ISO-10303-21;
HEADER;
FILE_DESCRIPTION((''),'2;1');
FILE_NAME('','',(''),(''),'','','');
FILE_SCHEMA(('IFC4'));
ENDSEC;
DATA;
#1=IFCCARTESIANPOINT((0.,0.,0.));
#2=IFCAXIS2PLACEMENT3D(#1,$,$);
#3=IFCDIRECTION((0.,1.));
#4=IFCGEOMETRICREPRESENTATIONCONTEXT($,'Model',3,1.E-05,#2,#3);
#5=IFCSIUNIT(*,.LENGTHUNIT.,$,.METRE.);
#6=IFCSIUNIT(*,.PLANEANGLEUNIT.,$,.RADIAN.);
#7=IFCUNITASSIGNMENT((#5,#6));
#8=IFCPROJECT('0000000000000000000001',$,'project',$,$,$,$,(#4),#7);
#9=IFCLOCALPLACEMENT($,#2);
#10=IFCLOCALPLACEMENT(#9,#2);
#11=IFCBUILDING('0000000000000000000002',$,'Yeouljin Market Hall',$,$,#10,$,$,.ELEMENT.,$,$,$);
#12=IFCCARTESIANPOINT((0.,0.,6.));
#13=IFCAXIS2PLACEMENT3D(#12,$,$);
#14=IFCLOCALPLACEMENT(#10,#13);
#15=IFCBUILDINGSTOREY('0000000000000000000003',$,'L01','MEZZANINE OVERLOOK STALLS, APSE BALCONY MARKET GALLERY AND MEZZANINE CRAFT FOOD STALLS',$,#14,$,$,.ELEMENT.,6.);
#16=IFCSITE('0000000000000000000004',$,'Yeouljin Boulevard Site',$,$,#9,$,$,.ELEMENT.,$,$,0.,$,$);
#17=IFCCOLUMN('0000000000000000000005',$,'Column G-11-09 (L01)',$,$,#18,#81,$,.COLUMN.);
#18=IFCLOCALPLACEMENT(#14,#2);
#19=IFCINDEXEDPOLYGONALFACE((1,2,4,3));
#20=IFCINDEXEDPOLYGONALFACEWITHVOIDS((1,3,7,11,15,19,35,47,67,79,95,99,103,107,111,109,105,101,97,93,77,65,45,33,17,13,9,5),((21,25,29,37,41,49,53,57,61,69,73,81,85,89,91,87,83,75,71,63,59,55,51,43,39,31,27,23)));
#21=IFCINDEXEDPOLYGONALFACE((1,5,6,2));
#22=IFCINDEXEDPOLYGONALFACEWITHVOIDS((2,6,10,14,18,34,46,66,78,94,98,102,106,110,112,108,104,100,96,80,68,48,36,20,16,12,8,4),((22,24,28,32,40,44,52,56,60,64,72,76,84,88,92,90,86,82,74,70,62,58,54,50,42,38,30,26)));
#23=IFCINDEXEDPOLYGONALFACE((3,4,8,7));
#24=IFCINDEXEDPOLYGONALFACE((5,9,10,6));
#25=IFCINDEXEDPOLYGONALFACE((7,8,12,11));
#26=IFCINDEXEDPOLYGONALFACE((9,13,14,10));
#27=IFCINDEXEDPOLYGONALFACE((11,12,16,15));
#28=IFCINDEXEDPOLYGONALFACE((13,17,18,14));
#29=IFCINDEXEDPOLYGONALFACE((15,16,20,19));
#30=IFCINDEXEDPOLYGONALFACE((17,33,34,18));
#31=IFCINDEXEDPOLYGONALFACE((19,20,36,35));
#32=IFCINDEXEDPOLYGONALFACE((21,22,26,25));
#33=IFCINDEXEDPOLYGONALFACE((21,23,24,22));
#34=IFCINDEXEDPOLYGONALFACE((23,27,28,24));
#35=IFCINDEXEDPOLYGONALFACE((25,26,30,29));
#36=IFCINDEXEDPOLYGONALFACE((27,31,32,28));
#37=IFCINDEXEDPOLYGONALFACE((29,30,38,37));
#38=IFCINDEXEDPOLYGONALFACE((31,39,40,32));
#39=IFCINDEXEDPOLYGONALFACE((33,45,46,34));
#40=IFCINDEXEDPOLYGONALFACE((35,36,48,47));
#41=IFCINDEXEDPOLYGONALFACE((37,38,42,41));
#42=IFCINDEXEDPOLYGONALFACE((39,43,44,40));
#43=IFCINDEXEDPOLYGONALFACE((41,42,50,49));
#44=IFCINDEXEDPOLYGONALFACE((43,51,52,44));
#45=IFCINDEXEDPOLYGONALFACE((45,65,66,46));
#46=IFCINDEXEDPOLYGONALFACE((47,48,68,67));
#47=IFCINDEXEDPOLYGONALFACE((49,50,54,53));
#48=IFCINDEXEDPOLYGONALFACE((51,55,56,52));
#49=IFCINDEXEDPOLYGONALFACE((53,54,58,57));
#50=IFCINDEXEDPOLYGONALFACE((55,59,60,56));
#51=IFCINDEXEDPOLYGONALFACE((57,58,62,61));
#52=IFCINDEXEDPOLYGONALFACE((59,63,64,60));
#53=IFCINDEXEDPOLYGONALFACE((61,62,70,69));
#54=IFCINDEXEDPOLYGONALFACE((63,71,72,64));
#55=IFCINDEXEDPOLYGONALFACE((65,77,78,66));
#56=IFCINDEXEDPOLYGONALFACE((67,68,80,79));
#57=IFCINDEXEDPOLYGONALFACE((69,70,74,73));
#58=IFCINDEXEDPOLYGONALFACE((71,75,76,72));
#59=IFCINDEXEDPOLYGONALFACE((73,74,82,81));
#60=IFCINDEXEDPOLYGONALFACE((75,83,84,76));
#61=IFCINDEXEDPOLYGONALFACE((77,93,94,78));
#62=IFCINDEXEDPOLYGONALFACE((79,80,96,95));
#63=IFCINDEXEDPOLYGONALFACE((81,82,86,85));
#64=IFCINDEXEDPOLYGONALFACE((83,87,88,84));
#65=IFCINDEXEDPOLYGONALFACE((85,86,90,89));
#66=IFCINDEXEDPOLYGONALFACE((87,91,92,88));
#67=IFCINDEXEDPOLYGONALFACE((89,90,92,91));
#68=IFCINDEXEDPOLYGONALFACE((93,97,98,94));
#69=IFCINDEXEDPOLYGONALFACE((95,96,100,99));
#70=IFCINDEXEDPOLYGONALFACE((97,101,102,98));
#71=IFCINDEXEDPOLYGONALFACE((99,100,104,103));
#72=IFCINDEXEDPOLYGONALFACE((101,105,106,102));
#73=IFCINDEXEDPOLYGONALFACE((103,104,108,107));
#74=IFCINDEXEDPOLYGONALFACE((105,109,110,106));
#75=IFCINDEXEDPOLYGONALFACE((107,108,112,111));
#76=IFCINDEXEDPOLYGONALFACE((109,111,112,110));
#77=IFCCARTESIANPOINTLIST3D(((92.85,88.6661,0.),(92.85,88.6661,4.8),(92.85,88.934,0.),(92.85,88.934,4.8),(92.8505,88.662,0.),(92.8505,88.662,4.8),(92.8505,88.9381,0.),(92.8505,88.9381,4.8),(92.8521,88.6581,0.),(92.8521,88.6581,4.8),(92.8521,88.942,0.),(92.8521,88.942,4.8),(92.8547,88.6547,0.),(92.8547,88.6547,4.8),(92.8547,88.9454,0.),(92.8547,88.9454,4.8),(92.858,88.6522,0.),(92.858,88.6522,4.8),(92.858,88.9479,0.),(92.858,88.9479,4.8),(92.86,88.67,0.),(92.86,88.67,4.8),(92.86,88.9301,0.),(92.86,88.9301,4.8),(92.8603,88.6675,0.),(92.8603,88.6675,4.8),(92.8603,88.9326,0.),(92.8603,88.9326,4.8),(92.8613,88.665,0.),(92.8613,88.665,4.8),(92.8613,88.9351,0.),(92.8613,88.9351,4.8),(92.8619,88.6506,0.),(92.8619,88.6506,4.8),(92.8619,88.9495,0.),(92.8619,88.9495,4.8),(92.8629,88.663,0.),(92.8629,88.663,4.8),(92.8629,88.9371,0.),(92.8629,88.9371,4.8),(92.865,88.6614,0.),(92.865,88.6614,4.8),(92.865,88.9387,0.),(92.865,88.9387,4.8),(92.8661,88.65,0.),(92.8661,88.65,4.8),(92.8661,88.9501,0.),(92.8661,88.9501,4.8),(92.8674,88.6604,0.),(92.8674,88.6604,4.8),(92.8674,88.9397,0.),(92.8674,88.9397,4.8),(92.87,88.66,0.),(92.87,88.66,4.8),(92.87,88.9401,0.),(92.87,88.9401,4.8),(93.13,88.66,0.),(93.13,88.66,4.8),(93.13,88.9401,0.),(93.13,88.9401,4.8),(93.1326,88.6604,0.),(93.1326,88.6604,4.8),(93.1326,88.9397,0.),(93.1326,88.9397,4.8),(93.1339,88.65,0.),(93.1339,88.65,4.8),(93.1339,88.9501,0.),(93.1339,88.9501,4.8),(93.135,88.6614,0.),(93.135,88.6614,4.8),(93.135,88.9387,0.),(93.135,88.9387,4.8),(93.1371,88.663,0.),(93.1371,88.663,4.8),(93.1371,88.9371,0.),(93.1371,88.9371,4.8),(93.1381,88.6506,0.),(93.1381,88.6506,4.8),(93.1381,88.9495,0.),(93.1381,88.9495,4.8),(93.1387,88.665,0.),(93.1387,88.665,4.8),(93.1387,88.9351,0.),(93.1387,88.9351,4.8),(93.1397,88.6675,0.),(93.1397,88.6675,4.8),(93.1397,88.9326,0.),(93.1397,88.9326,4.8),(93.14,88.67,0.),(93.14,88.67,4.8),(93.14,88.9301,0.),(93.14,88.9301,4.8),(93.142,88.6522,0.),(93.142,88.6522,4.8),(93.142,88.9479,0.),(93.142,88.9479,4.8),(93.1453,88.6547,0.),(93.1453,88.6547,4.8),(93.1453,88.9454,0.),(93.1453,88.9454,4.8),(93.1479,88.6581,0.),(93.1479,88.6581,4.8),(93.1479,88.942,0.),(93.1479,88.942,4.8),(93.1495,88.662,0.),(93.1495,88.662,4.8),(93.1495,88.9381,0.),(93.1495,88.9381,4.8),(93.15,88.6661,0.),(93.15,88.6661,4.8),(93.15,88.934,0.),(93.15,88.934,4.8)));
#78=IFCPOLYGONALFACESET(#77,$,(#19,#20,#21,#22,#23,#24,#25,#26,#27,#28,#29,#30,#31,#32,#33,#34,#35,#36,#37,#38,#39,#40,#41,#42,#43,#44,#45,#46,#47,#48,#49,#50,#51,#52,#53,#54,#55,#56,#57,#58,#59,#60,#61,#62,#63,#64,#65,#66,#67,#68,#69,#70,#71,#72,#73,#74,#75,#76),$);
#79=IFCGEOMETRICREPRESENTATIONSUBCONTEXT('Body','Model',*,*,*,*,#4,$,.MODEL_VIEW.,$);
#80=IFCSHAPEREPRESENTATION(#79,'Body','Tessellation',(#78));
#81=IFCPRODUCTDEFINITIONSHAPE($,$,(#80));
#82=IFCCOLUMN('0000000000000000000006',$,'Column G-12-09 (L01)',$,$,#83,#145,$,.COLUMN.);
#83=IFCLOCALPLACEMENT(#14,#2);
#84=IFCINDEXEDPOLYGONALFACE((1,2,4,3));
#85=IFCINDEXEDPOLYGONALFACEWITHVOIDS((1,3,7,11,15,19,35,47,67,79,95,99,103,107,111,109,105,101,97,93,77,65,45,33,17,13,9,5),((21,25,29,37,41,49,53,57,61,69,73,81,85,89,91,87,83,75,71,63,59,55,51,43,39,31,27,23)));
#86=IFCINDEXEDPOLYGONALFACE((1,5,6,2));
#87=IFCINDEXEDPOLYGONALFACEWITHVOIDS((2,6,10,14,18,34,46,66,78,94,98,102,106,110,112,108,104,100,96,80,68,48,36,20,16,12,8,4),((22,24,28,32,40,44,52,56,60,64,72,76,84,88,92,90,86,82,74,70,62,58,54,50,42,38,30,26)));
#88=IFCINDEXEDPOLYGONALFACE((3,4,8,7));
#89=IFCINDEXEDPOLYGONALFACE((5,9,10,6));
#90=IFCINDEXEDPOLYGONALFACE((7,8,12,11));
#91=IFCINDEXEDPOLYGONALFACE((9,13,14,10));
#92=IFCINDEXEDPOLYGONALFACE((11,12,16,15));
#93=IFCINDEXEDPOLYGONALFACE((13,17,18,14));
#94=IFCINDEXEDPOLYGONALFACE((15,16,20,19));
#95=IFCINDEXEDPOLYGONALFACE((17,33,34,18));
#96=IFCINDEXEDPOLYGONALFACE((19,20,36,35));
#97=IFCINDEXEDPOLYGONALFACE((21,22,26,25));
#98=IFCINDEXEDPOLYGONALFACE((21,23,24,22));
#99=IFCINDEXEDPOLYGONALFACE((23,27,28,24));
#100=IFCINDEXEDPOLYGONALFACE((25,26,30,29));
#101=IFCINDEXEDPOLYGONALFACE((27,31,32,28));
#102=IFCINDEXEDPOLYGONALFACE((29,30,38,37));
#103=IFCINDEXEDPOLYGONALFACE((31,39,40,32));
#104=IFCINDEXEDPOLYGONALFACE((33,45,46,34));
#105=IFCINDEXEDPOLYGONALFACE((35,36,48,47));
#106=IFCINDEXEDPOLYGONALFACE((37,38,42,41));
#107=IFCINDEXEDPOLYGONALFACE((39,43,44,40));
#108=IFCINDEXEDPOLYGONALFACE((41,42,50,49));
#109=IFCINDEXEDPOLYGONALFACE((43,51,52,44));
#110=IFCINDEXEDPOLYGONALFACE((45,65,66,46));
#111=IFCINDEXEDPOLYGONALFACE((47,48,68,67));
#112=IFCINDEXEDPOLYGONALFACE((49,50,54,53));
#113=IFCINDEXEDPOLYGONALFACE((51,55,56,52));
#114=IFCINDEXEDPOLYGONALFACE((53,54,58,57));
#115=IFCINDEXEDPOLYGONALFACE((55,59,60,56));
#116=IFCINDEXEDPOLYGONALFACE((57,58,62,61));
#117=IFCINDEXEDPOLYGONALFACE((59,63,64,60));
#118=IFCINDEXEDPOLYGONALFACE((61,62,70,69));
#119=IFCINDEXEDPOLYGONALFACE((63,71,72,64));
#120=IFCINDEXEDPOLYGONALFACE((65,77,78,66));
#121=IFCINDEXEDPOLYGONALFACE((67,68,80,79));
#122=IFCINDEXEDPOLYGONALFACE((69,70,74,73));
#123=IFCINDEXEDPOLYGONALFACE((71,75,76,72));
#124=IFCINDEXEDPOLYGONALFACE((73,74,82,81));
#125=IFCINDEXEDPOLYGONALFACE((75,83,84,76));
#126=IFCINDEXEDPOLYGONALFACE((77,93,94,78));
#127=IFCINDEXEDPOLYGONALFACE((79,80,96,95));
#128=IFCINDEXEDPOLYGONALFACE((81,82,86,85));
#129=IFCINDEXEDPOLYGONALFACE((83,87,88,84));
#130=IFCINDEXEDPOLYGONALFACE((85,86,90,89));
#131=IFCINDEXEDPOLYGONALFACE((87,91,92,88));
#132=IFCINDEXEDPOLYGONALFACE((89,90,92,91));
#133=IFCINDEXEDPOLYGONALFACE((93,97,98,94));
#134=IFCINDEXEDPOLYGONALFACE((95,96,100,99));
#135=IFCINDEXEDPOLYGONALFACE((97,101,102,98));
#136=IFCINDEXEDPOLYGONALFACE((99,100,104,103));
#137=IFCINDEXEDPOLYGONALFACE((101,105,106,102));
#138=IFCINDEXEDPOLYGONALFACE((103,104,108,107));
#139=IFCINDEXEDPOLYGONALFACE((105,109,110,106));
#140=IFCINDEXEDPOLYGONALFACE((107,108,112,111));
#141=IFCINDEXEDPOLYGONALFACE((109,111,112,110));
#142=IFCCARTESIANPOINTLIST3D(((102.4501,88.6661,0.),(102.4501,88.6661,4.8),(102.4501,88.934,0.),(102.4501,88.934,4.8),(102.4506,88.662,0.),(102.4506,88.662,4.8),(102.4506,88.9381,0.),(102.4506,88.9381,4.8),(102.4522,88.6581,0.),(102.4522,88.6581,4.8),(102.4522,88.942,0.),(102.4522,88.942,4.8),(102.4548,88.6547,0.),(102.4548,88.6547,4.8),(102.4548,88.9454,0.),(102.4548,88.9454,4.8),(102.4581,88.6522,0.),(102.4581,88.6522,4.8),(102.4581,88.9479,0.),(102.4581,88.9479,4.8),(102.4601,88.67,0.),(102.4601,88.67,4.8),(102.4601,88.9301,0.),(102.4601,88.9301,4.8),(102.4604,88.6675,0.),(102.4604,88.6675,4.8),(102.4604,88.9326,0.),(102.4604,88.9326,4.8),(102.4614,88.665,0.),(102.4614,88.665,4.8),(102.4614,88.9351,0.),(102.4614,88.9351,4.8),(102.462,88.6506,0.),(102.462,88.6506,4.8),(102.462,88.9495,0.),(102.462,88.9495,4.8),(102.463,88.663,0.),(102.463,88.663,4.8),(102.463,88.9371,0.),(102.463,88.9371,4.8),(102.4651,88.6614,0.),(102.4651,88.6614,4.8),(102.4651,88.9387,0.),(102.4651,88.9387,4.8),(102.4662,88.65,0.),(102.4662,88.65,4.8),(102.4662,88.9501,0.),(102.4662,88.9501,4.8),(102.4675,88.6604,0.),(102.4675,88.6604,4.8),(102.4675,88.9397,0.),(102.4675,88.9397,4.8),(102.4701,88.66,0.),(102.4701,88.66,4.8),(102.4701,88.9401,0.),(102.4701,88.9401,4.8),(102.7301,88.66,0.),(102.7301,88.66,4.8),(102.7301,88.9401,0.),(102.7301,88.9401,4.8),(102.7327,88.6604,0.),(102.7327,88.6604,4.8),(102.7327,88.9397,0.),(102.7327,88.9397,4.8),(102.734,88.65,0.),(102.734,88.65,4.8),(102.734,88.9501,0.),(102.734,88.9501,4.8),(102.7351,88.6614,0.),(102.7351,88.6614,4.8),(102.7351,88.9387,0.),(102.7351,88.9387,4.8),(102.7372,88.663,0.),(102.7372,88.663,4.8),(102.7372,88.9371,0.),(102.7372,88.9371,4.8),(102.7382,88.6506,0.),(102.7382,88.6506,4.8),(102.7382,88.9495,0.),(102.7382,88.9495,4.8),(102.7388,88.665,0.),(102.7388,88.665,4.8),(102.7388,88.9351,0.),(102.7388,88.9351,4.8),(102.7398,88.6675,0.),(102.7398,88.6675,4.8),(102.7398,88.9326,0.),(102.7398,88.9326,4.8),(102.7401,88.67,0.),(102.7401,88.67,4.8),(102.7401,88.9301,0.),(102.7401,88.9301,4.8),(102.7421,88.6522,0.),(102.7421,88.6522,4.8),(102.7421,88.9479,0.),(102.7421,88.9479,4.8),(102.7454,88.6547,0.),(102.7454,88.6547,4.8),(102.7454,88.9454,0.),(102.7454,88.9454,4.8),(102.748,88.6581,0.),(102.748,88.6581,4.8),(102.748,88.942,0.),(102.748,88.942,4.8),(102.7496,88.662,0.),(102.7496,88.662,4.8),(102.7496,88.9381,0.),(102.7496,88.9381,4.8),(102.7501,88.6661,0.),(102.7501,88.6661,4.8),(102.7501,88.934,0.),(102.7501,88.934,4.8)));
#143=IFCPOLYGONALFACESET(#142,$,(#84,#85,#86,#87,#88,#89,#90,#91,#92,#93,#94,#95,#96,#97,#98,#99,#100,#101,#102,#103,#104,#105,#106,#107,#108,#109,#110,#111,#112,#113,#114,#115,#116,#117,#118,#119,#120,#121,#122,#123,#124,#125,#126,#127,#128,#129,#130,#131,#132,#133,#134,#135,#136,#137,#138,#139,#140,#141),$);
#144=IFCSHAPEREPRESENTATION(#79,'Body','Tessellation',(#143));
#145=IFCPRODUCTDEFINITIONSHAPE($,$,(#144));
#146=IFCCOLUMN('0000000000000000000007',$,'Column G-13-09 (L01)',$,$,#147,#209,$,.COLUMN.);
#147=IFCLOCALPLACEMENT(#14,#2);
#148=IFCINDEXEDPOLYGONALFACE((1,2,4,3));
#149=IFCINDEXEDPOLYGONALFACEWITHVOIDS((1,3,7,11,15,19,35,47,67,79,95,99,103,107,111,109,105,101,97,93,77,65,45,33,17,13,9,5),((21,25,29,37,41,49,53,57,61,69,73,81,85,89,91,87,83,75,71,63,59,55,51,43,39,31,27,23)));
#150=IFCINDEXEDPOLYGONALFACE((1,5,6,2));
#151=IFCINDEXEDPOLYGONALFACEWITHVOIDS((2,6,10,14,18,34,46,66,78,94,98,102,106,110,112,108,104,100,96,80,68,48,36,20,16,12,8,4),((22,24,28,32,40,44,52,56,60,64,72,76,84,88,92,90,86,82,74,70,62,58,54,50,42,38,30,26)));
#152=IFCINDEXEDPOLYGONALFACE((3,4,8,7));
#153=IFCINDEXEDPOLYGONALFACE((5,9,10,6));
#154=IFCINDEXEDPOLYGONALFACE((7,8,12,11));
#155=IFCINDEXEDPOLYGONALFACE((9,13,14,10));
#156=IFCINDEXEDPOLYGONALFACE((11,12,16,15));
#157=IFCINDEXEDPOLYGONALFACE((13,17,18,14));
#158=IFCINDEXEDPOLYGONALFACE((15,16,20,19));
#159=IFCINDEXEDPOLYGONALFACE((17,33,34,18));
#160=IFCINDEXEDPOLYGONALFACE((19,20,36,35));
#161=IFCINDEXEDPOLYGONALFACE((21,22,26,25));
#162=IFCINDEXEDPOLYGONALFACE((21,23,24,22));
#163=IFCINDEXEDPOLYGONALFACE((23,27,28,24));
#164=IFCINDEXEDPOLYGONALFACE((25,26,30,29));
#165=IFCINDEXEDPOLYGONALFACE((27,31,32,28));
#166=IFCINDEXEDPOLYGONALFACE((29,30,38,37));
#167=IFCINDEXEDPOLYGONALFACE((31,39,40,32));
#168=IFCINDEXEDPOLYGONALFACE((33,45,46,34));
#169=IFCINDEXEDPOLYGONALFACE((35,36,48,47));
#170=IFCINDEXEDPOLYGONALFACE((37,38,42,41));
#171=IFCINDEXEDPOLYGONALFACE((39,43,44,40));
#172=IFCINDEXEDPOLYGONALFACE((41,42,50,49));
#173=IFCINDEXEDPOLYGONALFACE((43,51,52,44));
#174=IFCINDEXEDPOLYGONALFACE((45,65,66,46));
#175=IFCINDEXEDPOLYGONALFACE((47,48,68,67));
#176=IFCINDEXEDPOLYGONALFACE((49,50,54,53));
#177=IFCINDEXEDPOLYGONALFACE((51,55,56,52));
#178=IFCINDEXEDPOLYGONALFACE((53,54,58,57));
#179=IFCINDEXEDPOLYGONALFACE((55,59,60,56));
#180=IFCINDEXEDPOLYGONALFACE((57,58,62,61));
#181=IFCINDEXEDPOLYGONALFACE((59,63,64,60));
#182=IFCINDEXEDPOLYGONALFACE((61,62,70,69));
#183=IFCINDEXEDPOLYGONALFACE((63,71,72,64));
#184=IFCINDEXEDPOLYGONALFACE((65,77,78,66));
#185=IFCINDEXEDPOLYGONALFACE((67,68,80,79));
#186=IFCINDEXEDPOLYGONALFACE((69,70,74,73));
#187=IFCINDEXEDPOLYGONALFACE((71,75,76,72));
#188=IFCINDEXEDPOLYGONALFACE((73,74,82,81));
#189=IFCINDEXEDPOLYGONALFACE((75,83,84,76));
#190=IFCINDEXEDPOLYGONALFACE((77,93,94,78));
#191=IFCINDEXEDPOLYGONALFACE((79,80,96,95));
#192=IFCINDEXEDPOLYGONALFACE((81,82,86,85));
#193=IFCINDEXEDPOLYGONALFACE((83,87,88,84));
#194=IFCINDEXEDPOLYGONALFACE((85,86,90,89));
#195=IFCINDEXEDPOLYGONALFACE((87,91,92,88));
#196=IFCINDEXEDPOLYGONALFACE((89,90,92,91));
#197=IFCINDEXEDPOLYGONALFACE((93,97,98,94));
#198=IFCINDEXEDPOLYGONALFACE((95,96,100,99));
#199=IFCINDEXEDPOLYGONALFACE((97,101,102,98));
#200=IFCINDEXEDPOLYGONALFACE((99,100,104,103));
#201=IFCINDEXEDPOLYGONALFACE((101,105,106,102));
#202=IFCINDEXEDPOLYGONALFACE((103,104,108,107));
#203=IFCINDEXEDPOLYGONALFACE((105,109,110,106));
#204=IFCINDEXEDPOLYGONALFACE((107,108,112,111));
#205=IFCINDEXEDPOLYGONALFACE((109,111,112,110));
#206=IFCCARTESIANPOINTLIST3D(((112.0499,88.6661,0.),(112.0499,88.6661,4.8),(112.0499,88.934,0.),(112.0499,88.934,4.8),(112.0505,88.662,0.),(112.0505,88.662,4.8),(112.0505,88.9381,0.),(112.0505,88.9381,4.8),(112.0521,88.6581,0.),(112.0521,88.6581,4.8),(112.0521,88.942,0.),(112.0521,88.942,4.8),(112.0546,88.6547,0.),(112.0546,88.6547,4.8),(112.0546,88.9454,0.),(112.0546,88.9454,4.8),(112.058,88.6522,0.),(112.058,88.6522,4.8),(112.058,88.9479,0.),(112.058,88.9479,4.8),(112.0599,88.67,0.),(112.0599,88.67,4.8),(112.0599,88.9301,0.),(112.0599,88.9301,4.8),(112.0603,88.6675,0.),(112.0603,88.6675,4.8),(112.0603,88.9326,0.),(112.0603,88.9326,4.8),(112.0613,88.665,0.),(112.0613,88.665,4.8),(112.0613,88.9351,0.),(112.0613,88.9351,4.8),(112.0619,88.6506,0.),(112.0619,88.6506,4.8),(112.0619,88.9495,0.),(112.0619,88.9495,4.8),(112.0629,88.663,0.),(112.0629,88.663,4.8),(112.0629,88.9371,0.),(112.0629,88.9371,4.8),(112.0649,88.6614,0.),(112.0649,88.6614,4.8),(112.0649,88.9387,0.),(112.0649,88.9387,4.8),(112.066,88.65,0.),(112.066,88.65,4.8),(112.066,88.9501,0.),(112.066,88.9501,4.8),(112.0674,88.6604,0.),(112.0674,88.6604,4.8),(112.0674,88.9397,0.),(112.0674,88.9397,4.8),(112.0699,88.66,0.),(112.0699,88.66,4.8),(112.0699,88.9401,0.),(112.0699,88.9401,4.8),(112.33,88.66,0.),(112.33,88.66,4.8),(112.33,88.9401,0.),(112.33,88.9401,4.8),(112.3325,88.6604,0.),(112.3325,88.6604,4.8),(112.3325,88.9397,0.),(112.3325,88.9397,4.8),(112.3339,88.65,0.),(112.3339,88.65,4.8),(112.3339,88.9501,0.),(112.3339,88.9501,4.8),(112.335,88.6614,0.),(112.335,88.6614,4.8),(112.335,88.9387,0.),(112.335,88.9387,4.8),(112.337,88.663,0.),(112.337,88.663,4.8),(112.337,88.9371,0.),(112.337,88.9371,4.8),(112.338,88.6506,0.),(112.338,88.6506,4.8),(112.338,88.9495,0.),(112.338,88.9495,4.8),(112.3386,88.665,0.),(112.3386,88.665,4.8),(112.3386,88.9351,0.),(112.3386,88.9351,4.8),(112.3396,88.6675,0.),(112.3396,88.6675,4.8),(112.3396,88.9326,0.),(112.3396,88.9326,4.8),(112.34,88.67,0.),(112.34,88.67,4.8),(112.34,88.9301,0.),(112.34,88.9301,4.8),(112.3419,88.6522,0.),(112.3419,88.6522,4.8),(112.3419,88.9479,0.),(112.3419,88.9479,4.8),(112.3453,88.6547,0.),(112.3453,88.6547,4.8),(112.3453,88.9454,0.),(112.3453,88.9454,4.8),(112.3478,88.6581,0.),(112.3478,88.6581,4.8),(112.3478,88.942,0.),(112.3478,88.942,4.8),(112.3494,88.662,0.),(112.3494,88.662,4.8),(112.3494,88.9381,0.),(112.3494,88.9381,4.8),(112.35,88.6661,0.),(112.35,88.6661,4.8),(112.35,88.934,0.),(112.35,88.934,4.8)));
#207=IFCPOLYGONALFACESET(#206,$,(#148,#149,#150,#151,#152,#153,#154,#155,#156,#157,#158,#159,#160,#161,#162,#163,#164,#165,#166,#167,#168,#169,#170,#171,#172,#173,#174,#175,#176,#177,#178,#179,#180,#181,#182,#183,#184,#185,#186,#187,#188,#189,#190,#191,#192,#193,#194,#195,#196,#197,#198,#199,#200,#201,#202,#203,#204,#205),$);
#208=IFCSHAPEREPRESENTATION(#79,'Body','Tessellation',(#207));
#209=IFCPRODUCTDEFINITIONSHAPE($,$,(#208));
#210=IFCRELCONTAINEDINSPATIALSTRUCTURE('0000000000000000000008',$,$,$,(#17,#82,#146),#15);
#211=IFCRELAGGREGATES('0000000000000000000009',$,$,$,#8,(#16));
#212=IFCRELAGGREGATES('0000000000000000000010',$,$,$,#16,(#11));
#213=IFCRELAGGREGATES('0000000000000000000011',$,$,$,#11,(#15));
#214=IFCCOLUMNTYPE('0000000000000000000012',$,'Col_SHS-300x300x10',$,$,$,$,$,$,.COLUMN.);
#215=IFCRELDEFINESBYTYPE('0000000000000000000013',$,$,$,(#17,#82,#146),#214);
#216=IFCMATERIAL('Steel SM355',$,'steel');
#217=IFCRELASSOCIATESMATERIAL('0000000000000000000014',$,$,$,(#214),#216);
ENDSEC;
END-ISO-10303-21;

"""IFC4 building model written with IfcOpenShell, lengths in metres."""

from ifc_helpers import new_model, si_unit, direction, frame, origin, origin_2d, place, context, subcontext, project, spatial, hollow_rectangle, extrude, material, material_profile, profile_set, type_object, element, save


model = new_model("IFC4")

# Units and contexts
model_context = context("Model", 3, precision=1e-05, world=origin(), true_north=direction((0.0, 1.0)))
body_context = subcontext(model_context, "Body", "Model", "MODEL_VIEW")
ifc_project = project(units=[si_unit("LENGTHUNIT", "METRE"), si_unit("PLANEANGLEUNIT", "RADIAN")], contexts=[model_context])

# Site, building, storey
site_placement = place(None, origin())
site = spatial("IfcSite", under=ifc_project, at=site_placement, Name="Yeouljin Boulevard Site", CompositionType="ELEMENT", RefElevation=0.0)
building_placement = place(site_placement, origin())
building = spatial("IfcBuilding", under=site, at=building_placement, Name="Yeouljin Market Hall", CompositionType="ELEMENT")
storey_placement = place(building_placement, frame((0.0, 0.0, 6.0)))
storey = spatial("IfcBuildingStorey", under=building, at=storey_placement, Name="L01", Description="MEZZANINE OVERLOOK STALLS, APSE BALCONY MARKET GALLERY AND MEZZANINE CRAFT FOOD STALLS", CompositionType="ELEMENT", Elevation=6.0)

# Columns
ifc_material_1 = material(Name="Steel SM355", Category="steel")
ifc_material_profile_1 = material_profile(ifc_material_1, hollow_rectangle(XDim=0.3, YDim=0.3, WallThickness=0.01, InnerFilletRadius=0.01, OuterFilletRadius=0.0161, at=origin_2d()), Name="SHS-300x300x10")
ifc_profile_set_1 = profile_set([ifc_material_profile_1], Name="Steel SM355")
column_type = type_object("IfcColumnType", Name="Col_SHS-300x300x10", PredefinedType="COLUMN", material=ifc_profile_set_1)
for number, where, z_axis, x_axis, name in (
    (1, (93.0, 88.8, 0.0), (0.0, 0.0, 1.0), (1.0, 0.0, 0.0), "Column G-11-09 (L01)"),
    (2, (102.6001, 88.8, 0.0), (0.0, 0.0, 1.0), (1.0, 0.0, 0.0), "Column G-12-09 (L01)"),
    (3, (112.2, 88.8, 0.0), (0.0, 0.0, 1.0), (1.0, 0.0, 0.0), "Column G-13-09 (L01)"),
):
    element("IfcColumn", number, at=place(storey_placement, frame(where, z_axis=z_axis, x_axis=x_axis)), inside=storey, type_object=column_type, Name=name, PredefinedType="COLUMN", context=body_context, shape_type="SweptSolid", body=[
        extrude(hollow_rectangle(XDim=0.3, YDim=0.3, WallThickness=0.01, InnerFilletRadius=0.01, OuterFilletRadius=0.0161, at=origin_2d()), origin(), (0.0, 0.0, 1.0), 4.8),
    ])

save(model, "model.ifc")
